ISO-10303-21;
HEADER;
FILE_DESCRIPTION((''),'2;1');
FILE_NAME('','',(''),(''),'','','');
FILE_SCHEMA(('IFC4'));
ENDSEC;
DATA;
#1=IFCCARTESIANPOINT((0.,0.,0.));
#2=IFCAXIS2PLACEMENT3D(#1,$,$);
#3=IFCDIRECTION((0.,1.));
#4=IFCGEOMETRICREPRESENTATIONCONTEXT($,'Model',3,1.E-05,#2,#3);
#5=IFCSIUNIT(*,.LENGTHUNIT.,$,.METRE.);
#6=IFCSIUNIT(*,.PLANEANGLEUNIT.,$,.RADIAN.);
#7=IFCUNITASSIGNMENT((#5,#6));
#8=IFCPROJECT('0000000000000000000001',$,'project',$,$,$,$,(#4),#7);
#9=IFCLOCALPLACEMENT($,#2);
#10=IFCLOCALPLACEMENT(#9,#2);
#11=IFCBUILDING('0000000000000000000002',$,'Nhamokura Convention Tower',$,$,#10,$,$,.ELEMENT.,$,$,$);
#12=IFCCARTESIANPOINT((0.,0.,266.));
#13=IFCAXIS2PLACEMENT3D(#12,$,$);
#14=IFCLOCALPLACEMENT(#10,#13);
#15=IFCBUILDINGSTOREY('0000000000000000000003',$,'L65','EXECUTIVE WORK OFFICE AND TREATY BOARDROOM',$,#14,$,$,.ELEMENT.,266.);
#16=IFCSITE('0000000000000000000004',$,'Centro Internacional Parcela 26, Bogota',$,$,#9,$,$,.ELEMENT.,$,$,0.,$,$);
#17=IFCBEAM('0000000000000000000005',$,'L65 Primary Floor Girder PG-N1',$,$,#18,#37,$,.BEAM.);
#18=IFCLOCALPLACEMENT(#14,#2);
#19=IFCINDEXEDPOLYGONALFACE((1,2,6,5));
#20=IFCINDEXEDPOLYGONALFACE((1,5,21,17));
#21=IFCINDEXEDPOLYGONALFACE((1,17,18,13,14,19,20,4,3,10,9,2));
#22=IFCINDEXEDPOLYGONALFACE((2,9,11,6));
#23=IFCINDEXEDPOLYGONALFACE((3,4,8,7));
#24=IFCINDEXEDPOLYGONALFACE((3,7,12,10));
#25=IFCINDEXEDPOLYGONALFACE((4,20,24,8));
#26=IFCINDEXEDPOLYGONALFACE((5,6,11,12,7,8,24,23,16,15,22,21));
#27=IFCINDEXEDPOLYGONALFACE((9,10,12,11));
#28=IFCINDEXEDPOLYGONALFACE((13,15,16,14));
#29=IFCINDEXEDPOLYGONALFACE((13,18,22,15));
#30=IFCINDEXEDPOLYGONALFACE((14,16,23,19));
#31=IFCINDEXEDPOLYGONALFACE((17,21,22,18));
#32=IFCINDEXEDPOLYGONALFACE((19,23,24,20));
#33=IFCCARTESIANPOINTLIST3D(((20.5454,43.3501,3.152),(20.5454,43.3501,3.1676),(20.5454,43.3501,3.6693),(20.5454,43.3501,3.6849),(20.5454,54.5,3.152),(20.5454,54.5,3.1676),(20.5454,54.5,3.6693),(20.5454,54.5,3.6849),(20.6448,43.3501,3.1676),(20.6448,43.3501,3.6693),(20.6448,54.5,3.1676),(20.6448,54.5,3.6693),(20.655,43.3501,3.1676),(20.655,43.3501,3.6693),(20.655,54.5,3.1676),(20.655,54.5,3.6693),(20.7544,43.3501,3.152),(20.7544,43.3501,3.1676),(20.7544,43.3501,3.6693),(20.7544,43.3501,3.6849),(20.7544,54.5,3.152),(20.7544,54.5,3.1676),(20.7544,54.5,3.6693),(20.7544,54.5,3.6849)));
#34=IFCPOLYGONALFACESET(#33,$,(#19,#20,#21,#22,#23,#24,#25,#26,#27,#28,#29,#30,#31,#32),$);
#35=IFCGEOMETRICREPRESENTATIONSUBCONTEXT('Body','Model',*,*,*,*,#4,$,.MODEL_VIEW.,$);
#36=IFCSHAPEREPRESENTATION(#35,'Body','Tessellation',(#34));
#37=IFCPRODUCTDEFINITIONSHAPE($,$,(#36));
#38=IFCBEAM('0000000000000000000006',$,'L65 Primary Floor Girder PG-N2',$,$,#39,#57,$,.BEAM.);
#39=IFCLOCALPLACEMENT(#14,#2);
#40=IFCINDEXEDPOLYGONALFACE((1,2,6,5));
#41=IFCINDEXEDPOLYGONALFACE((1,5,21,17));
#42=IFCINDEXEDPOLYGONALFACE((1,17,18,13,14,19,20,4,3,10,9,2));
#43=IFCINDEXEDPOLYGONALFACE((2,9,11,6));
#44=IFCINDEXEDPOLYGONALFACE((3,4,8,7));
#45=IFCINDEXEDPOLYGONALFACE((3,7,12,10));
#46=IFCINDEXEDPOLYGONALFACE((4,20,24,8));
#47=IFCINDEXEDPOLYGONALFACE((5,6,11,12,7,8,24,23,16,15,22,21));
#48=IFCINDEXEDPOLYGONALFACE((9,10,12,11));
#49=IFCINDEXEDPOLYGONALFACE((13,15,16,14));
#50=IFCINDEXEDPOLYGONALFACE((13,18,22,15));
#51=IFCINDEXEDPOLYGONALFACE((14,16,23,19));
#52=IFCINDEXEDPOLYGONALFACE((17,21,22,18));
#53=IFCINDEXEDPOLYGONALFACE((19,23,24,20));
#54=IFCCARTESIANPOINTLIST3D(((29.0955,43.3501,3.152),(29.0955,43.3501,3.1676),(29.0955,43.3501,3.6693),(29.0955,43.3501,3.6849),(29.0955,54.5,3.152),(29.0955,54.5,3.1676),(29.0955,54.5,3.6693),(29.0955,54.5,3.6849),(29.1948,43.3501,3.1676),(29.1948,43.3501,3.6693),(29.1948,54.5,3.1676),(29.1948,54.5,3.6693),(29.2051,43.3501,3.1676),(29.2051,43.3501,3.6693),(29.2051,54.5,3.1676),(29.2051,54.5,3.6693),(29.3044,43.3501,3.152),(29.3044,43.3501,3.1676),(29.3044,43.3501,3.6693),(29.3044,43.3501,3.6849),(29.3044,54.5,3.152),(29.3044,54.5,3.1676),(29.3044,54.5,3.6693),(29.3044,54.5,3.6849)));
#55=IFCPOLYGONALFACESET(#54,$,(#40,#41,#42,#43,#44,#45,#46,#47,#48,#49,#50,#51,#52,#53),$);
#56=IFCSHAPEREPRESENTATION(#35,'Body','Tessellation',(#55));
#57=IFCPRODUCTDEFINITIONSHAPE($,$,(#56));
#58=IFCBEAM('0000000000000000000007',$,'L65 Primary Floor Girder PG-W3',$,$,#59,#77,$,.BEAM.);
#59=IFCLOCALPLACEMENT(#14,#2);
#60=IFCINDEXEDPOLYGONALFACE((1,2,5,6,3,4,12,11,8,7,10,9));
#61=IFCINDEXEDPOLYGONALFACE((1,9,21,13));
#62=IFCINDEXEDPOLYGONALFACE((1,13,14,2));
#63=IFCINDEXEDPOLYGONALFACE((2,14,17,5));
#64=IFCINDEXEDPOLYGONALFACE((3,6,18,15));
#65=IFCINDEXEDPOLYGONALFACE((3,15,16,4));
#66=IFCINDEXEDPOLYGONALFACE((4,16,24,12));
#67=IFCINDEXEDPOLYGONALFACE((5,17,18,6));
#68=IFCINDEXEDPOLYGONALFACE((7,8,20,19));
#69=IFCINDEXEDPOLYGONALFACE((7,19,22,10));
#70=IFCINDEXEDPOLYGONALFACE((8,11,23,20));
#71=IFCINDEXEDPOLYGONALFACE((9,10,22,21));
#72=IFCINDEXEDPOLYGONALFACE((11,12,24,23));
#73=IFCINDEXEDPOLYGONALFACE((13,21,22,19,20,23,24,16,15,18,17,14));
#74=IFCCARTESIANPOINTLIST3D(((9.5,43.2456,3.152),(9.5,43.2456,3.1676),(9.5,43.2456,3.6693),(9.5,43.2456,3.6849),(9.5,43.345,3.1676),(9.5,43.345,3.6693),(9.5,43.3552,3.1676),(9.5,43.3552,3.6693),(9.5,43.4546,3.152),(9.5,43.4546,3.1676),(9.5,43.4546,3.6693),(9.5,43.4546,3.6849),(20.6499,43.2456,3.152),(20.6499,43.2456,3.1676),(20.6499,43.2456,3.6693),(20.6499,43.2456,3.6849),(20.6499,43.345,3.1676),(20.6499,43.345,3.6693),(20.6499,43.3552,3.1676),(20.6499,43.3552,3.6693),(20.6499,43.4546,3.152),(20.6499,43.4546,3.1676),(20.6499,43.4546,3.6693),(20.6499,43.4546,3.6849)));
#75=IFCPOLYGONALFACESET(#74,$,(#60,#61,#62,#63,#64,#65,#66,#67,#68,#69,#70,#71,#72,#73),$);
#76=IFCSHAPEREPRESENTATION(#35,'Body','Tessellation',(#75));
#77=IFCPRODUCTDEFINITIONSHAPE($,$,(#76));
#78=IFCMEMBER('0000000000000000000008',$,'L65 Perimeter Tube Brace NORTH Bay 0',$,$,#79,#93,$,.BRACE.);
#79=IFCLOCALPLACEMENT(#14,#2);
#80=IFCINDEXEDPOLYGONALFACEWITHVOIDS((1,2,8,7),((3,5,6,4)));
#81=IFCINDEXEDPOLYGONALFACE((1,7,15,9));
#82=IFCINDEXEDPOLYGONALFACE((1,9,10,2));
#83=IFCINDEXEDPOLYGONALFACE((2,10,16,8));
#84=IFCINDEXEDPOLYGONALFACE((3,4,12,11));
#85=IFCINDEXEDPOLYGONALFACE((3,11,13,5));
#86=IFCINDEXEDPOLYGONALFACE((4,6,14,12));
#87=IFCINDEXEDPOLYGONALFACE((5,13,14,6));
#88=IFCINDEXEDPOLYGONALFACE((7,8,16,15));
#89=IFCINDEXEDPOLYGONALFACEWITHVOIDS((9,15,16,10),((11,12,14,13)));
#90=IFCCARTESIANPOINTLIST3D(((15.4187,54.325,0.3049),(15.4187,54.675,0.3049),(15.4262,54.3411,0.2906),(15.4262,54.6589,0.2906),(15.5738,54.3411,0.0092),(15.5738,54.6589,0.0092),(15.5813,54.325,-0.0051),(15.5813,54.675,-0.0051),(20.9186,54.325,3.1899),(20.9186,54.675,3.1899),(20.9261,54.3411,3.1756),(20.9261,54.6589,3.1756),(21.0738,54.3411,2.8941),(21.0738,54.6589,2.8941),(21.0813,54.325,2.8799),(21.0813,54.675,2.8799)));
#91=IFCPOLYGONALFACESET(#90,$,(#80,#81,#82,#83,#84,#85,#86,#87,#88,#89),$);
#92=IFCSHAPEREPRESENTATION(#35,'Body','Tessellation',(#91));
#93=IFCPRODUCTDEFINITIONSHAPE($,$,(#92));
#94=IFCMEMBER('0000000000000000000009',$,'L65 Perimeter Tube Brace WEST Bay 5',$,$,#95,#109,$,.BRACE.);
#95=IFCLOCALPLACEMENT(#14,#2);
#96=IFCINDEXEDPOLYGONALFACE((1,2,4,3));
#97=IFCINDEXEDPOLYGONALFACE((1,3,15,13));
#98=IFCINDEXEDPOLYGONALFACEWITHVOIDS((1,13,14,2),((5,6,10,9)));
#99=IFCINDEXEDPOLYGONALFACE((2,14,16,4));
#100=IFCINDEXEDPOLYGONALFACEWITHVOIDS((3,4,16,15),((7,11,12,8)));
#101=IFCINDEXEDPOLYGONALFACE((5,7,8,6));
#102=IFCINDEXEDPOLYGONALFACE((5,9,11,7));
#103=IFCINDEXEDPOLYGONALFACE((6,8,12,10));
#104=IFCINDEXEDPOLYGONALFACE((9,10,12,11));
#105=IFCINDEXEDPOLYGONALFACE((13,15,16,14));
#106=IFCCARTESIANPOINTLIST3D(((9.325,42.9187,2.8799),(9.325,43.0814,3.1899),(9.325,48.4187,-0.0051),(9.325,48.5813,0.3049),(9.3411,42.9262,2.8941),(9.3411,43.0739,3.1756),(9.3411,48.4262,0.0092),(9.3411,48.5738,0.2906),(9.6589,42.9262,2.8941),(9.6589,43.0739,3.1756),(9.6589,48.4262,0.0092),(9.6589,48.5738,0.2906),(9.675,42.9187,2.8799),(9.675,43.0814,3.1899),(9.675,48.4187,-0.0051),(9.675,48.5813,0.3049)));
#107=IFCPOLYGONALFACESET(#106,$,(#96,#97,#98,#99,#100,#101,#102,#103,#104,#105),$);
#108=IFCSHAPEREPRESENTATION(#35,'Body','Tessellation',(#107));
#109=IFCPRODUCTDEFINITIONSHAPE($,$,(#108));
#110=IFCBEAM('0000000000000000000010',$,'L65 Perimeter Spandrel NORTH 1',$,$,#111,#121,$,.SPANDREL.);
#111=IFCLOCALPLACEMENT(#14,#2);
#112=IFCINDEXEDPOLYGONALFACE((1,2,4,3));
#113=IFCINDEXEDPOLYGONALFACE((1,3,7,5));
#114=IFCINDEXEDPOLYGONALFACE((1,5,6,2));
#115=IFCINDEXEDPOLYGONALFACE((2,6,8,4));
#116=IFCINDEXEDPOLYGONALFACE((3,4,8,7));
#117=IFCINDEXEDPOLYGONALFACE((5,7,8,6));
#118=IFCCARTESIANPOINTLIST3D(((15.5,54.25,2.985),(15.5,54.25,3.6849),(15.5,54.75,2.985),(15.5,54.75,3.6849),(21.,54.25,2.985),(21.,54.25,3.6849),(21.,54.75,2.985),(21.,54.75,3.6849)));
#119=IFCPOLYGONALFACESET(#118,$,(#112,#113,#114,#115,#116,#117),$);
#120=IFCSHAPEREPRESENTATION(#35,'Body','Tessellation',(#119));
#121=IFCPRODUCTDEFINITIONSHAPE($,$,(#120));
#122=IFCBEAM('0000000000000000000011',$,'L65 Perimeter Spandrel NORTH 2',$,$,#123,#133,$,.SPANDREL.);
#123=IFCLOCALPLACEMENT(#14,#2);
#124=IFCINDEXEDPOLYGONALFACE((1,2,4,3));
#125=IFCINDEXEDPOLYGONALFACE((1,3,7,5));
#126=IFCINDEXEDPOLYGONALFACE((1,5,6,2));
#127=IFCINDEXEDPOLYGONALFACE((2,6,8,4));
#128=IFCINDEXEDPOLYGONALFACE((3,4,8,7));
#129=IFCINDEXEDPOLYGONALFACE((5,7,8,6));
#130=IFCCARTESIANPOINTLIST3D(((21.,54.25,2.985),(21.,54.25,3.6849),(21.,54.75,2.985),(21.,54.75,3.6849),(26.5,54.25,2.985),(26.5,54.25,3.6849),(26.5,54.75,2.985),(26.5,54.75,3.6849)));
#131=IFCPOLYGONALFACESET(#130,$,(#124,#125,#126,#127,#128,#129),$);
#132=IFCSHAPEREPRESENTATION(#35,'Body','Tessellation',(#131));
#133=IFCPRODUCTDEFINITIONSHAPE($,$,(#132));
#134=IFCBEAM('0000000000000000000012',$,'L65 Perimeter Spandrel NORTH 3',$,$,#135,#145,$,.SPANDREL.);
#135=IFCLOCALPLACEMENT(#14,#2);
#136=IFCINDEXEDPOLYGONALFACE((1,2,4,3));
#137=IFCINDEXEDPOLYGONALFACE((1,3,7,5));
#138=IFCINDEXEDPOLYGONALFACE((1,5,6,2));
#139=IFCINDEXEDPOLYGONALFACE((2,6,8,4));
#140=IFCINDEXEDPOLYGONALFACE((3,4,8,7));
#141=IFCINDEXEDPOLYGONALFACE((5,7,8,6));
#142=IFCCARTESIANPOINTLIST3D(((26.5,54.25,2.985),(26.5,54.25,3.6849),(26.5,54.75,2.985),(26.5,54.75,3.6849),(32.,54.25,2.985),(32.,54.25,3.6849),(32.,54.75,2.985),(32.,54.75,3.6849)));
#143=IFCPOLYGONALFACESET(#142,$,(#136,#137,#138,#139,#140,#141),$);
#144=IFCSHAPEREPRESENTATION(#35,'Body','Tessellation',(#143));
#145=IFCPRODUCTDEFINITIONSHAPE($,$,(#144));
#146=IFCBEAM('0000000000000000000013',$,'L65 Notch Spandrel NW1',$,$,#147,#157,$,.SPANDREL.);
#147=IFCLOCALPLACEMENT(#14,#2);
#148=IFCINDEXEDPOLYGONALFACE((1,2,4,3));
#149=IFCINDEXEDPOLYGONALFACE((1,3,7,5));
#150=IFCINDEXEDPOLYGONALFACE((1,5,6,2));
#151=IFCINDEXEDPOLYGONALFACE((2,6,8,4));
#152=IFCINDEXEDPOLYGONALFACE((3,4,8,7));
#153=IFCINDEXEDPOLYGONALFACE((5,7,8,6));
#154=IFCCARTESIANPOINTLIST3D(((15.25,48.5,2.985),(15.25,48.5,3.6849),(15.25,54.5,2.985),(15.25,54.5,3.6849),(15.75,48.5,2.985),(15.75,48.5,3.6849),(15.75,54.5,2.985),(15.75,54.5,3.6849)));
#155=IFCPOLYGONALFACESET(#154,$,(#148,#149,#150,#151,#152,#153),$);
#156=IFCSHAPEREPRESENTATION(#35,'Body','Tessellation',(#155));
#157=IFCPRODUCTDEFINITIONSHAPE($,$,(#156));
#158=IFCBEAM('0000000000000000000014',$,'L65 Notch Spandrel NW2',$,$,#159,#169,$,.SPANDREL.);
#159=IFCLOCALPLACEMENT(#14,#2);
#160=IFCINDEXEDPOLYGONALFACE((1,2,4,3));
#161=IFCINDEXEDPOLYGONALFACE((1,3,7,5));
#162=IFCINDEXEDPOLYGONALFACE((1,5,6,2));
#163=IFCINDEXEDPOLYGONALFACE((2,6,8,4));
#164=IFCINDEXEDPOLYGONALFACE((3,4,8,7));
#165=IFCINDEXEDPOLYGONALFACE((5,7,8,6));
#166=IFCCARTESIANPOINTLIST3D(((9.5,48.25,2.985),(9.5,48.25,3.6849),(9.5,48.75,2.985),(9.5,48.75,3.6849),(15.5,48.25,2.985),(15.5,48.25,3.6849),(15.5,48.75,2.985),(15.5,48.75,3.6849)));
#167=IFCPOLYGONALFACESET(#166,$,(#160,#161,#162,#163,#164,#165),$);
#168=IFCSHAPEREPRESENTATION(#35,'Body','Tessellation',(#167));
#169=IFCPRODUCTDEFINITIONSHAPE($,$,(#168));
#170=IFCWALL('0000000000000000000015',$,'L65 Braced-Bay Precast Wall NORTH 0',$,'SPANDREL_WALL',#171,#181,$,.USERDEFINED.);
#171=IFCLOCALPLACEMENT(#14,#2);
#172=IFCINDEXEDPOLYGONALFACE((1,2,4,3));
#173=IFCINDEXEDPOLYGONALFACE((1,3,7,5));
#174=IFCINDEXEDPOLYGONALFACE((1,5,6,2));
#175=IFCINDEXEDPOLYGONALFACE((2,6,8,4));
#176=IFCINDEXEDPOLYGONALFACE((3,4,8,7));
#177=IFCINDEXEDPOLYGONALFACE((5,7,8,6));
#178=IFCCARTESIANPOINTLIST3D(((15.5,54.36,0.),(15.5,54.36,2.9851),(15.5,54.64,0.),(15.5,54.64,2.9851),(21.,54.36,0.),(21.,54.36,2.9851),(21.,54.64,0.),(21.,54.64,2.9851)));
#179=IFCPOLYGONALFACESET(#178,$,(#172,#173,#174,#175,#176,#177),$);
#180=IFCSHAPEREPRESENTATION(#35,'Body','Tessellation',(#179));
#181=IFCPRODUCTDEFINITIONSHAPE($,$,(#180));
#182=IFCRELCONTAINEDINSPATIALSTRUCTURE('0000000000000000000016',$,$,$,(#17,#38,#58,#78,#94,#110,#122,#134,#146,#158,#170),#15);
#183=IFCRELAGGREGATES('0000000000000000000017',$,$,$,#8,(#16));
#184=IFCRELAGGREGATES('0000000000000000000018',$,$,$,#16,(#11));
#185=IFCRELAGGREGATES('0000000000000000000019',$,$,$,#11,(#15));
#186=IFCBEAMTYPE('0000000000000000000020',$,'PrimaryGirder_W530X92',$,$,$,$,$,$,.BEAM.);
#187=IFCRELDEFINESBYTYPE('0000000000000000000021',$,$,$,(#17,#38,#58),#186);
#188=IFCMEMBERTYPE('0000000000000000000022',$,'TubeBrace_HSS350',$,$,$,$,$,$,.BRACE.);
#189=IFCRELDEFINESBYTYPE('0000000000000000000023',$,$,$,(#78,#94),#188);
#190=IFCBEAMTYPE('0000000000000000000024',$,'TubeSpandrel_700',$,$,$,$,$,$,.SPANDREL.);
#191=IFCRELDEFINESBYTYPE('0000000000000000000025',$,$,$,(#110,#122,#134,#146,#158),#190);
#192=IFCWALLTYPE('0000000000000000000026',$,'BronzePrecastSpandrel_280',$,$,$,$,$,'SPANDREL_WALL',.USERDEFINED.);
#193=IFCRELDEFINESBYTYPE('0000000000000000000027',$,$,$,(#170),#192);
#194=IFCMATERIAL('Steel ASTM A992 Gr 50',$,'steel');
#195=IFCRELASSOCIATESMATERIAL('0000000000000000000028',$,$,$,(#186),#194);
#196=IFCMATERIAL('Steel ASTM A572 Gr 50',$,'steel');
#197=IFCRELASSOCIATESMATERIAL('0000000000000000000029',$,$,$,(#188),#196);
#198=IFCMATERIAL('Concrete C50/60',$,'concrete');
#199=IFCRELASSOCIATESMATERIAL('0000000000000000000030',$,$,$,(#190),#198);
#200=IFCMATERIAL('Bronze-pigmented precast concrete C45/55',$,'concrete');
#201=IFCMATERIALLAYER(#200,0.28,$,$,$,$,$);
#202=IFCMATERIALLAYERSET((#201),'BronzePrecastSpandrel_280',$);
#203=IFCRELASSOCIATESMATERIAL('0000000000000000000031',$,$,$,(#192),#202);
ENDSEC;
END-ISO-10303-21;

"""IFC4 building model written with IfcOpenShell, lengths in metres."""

from ifc_helpers import new_model, si_unit, direction, frame, frame_2d, origin, origin_2d, place, context, subcontext, project, spatial, rectangle, hollow_rectangle, i_section, extrude, material, layer, layer_set, material_profile, profile_set, type_object, element, save


model = new_model("IFC4")

# Units and contexts
model_context = context("Model", 3, precision=1e-05, world=origin(), true_north=direction((0.0, 1.0)))
body_context = subcontext(model_context, "Body", "Model", "MODEL_VIEW")
ifc_project = project(units=[si_unit("LENGTHUNIT", "METRE"), si_unit("PLANEANGLEUNIT", "RADIAN")], contexts=[model_context])

# Site, building, storey
site_placement = place(None, origin())
site = spatial("IfcSite", under=ifc_project, at=site_placement, Name="Centro Internacional Parcela 26, Bogota", CompositionType="ELEMENT", RefElevation=0.0)
building_placement = place(site_placement, origin())
building = spatial("IfcBuilding", under=site, at=building_placement, Name="Nhamokura Convention Tower", CompositionType="ELEMENT")
storey_placement = place(building_placement, frame((0.0, 0.0, 266.0)))
storey = spatial("IfcBuildingStorey", under=building, at=storey_placement, Name="L65", Description="EXECUTIVE WORK OFFICE AND TREATY BOARDROOM", CompositionType="ELEMENT", Elevation=266.0)

# Beams
ifc_material_1 = material(Name="Steel ASTM A992 Gr 50", Category="steel")
ifc_material_profile_1 = material_profile(ifc_material_1, i_section(OverallWidth=0.209, OverallDepth=0.533, WebThickness=0.0103, FlangeThickness=0.0156, at=origin_2d()))
ifc_profile_set_1 = profile_set([ifc_material_profile_1], Name="Steel ASTM A992 Gr 50")
beam_type_1 = type_object("IfcBeamType", Name="PrimaryGirder_W530X92", PredefinedType="BEAM", material=ifc_profile_set_1)
for number, where, z_axis, x_axis, name in (
    (1, (20.6499, 43.3501, 3.4185), (0.0, 1.0, 0.0), (-1.0, 0.0, 0.0), "L65 Primary Floor Girder PG-N1"),
    (2, (29.2, 43.3501, 3.4185), (0.0, 1.0, 0.0), (-1.0, 0.0, 0.0), "L65 Primary Floor Girder PG-N2"),
    (3, (9.5, 43.3501, 3.4185), (1.0, 0.0, 0.0), (0.0, 1.0, 0.0), "L65 Primary Floor Girder PG-W3"),
):
    element("IfcBeam", number, at=place(storey_placement, frame(where, z_axis=z_axis, x_axis=x_axis)), inside=storey, type_object=beam_type_1, Name=name, PredefinedType="BEAM", context=body_context, shape_type="SweptSolid", body=[
        extrude(i_section(OverallWidth=0.209, OverallDepth=0.533, WebThickness=0.0103, FlangeThickness=0.0156, at=origin_2d()), origin(), (0.0, 0.0, 1.0), 11.1499),
    ])

# Members
ifc_material_2 = material(Name="Steel ASTM A572 Gr 50", Category="steel")
ifc_material_profile_2 = material_profile(ifc_material_2, hollow_rectangle(XDim=0.3501, YDim=0.3501, WallThickness=0.0161, at=origin_2d()))
ifc_profile_set_2 = profile_set([ifc_material_profile_2], Name="Steel ASTM A572 Gr 50")
member_type_1 = type_object("IfcMemberType", Name="TubeBrace_HSS350", PredefinedType="BRACE", material=ifc_profile_set_2)
for number, where, z_axis, x_axis, name in (
    (4, (15.5, 54.5, 0.1499), (0.885563, 0.0, 0.46452), (0.0, 1.0, 0.0), "L65 Perimeter Tube Brace NORTH Bay 0"),
    (5, (9.5, 48.5, 0.1499), (0.0, -0.885563, 0.46452), (1.0, 0.0, 0.0), "L65 Perimeter Tube Brace WEST Bay 5"),
):
    element("IfcMember", number, at=place(storey_placement, frame(where, z_axis=z_axis, x_axis=x_axis)), inside=storey, type_object=member_type_1, Name=name, PredefinedType="BRACE", context=body_context, shape_type="SweptSolid", body=[
        extrude(hollow_rectangle(XDim=0.3501, YDim=0.3501, WallThickness=0.0161, at=origin_2d()), origin(), (0.0, 0.0, 1.0), 6.2107),
    ])

# Beams
ifc_material_3 = material(Name="Concrete C50/60", Category="concrete")
ifc_material_profile_3 = material_profile(ifc_material_3, rectangle(XDim=0.5, YDim=0.7, at=origin_2d()))
ifc_profile_set_3 = profile_set([ifc_material_profile_3], Name="Concrete C50/60")
beam_type_2 = type_object("IfcBeamType", Name="TubeSpandrel_700", PredefinedType="SPANDREL", material=ifc_profile_set_3)
for number, where, z_axis, x_axis, name in (
    (6, (15.5, 54.5, 3.335), (1.0, 0.0, 0.0), (0.0, 1.0, 0.0), "L65 Perimeter Spandrel NORTH 1"),
    (7, (21.0, 54.5, 3.335), (1.0, 0.0, 0.0), (0.0, 1.0, 0.0), "L65 Perimeter Spandrel NORTH 2"),
    (8, (26.5, 54.5, 3.335), (1.0, 0.0, 0.0), (0.0, 1.0, 0.0), "L65 Perimeter Spandrel NORTH 3"),
):
    element("IfcBeam", number, at=place(storey_placement, frame(where, z_axis=z_axis, x_axis=x_axis)), inside=storey, type_object=beam_type_2, Name=name, PredefinedType="SPANDREL", context=body_context, shape_type="SweptSolid", body=[
        extrude(rectangle(XDim=0.5, YDim=0.7, at=origin_2d()), origin(), (0.0, 0.0, 1.0), 5.5),
    ])
for number, where, z_axis, x_axis, name in (
    (9, (15.5, 54.5, 3.335), (0.0, -1.0, 0.0), (1.0, 0.0, 0.0), "L65 Notch Spandrel NW1"),
    (10, (15.5, 48.5, 3.335), (-1.0, 0.0, 0.0), (0.0, -1.0, 0.0), "L65 Notch Spandrel NW2"),
):
    element("IfcBeam", number, at=place(storey_placement, frame(where, z_axis=z_axis, x_axis=x_axis)), inside=storey, type_object=beam_type_2, Name=name, PredefinedType="SPANDREL", context=body_context, shape_type="SweptSolid", body=[
        extrude(rectangle(XDim=0.5, YDim=0.7, at=origin_2d()), origin(), (0.0, 0.0, 1.0), 6.0),
    ])

# Wall
ifc_material_4 = material(Name="Bronze-pigmented precast concrete C45/55", Category="concrete")
ifc_layer_1 = layer(ifc_material_4, 0.28)
ifc_layer_set_1 = layer_set([ifc_layer_1], Name="BronzePrecastSpandrel_280")
wall_type_1 = type_object("IfcWallType", Name="BronzePrecastSpandrel_280", ElementType="SPANDREL_WALL", PredefinedType="USERDEFINED", material=ifc_layer_set_1)
wall_1_placement = place(storey_placement, frame((15.5, 54.5, 0.0), z_axis=(0.0, 0.0, 1.0), x_axis=(1.0, 0.0, 0.0)))
element("IfcWall", 11, at=wall_1_placement, inside=storey, type_object=wall_type_1, Name="L65 Braced-Bay Precast Wall NORTH 0", ObjectType="SPANDREL_WALL", PredefinedType="USERDEFINED", context=body_context, shape_type="SweptSolid", body=[
    extrude(rectangle(XDim=5.5, YDim=0.28, at=frame_2d((2.75, 0.0))), origin(), (0.0, 0.0, 1.0), 2.9851),
])

save(model, "model.ifc")
